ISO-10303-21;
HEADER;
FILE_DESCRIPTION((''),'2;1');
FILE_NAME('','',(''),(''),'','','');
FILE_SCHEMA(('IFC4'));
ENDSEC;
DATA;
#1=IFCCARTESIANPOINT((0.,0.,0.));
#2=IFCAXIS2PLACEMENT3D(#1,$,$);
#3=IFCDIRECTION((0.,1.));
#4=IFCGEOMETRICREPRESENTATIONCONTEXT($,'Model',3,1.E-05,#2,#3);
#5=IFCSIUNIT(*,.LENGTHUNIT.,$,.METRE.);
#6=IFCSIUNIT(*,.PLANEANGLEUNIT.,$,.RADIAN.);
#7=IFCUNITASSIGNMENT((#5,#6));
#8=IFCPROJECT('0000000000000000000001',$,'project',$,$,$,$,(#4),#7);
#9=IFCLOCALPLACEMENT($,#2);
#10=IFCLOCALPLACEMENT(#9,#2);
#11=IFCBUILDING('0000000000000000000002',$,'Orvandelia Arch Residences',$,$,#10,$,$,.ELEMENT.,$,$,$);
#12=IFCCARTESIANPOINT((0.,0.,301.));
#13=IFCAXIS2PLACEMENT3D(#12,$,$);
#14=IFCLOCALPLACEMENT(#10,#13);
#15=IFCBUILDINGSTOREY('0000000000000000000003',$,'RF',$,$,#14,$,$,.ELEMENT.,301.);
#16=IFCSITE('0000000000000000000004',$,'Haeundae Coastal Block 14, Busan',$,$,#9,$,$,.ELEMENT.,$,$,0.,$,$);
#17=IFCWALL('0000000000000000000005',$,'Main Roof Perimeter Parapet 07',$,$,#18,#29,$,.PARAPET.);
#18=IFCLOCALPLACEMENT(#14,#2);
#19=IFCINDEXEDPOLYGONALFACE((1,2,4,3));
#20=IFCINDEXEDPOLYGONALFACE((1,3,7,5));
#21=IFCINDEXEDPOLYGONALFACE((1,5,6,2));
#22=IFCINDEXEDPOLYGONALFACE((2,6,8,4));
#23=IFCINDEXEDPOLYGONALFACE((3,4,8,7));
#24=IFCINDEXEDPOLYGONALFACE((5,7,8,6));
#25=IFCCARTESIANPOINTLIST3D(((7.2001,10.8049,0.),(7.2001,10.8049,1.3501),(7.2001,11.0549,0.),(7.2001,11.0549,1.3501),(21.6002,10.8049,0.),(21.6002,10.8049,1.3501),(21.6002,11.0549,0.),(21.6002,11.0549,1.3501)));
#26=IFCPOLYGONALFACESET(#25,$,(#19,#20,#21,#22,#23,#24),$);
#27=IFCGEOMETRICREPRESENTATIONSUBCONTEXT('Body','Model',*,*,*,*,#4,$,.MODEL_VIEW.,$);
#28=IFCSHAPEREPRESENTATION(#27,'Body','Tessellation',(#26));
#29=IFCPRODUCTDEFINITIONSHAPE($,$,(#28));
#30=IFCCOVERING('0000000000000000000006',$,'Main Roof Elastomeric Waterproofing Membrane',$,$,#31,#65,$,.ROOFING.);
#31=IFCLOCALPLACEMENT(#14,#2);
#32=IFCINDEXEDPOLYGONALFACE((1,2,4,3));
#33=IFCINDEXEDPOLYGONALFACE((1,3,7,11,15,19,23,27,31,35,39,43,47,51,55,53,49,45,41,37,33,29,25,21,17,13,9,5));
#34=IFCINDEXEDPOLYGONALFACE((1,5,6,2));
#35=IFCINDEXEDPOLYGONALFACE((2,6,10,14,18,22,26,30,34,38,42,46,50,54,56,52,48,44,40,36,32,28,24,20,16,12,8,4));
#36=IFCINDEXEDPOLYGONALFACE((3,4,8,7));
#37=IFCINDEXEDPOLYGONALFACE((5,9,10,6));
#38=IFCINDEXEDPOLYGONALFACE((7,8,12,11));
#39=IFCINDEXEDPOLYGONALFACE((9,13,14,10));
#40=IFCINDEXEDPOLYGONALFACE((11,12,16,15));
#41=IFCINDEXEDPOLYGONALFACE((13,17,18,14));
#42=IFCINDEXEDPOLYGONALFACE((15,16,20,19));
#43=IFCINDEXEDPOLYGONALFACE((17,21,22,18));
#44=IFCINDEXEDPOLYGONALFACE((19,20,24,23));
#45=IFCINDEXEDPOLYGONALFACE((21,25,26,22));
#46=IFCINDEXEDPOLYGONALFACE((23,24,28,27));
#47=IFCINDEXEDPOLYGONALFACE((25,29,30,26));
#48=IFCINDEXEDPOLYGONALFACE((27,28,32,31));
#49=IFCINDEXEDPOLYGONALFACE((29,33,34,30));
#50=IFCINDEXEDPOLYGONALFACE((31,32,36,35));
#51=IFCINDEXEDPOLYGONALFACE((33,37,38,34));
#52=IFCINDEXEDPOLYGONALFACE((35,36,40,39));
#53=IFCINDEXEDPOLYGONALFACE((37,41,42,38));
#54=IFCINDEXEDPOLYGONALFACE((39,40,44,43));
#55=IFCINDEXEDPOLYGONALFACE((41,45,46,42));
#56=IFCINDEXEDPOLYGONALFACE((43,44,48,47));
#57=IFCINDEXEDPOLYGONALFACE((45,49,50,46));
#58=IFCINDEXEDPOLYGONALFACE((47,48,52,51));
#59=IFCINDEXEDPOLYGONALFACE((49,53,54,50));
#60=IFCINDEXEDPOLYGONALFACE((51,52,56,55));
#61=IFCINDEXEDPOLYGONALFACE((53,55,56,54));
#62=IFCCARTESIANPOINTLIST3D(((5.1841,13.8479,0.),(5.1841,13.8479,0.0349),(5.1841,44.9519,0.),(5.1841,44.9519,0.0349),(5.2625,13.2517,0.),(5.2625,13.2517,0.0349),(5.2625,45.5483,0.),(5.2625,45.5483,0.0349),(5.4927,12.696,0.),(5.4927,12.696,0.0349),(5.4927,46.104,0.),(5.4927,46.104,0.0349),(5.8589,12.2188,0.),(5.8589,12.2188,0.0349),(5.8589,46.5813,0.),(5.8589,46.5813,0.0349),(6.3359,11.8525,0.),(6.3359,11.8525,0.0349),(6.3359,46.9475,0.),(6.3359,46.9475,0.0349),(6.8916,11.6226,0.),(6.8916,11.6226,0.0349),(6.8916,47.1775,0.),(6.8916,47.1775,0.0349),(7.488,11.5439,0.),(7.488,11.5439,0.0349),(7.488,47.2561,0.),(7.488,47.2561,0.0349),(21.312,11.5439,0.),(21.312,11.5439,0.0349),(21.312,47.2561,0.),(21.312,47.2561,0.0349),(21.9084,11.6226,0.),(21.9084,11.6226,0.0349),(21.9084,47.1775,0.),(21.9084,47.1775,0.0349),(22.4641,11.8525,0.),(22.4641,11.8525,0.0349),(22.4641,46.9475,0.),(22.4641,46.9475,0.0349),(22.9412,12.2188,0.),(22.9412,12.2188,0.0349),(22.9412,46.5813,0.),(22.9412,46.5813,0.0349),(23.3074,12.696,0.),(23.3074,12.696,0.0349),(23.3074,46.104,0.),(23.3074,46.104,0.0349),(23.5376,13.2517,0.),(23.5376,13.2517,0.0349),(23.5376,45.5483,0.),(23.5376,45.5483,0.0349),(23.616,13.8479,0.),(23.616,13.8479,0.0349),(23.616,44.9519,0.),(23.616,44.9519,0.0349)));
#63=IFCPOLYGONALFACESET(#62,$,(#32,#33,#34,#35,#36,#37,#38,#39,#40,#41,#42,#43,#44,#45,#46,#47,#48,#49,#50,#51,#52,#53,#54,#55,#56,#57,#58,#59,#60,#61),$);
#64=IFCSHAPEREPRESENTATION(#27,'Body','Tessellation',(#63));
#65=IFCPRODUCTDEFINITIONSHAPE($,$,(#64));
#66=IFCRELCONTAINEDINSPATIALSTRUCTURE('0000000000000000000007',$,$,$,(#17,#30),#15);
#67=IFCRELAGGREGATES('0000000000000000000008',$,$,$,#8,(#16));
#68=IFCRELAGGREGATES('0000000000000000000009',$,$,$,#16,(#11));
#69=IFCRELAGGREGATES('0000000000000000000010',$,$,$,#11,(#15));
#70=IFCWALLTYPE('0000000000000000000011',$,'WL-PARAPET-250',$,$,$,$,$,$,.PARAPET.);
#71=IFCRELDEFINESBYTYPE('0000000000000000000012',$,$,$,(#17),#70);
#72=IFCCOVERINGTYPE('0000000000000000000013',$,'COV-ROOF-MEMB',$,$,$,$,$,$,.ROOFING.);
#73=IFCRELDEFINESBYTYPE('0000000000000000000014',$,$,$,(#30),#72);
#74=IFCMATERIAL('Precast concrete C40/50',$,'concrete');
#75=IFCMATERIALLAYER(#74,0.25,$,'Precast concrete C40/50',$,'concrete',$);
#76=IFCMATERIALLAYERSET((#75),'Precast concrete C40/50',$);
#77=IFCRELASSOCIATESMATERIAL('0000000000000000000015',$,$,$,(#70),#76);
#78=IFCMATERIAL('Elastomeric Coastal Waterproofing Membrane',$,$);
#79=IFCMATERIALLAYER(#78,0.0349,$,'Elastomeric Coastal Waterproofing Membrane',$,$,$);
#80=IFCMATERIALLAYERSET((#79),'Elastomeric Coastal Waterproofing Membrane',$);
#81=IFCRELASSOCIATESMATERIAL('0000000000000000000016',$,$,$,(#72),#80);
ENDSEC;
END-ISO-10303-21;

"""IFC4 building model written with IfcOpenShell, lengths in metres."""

from ifc_helpers import new_model, si_unit, direction, frame, frame_2d, origin, place, context, subcontext, project, spatial, polyline, rectangle, outline, extrude, material, layer, layer_set, type_object, element, save


model = new_model("IFC4")

# Units and contexts
model_context = context("Model", 3, precision=1e-05, world=origin(), true_north=direction((0.0, 1.0)))
body_context = subcontext(model_context, "Body", "Model", "MODEL_VIEW")
ifc_project = project(units=[si_unit("LENGTHUNIT", "METRE"), si_unit("PLANEANGLEUNIT", "RADIAN")], contexts=[model_context])

# Site, building, storey
site_placement = place(None, origin())
site = spatial("IfcSite", under=ifc_project, at=site_placement, Name="Haeundae Coastal Block 14, Busan", CompositionType="ELEMENT", RefElevation=0.0)
building_placement = place(site_placement, origin())
building = spatial("IfcBuilding", under=site, at=building_placement, Name="Orvandelia Arch Residences", CompositionType="ELEMENT")
storey_placement = place(building_placement, frame((0.0, 0.0, 301.0)))
storey = spatial("IfcBuildingStorey", under=building, at=storey_placement, Name="RF", CompositionType="ELEMENT", Elevation=301.0)

# Shared definitions
ifc_material_1 = material(Name="Precast concrete C40/50", Category="concrete")

# Wall
ifc_layer_1 = layer(ifc_material_1, 0.25, Name="Precast concrete C40/50", Category="concrete")
ifc_layer_set_1 = layer_set([ifc_layer_1], Name="Precast concrete C40/50")
wall_type = type_object("IfcWallType", Name="WL-PARAPET-250", PredefinedType="PARAPET", material=ifc_layer_set_1)
wall_1_placement = place(storey_placement, frame((7.2, 10.9299, 0.0), z_axis=(0.0, 0.0, 1.0), x_axis=(1.0, 0.0, 0.0)))
element("IfcWall", 1, at=wall_1_placement, inside=storey, type_object=wall_type, Name="Main Roof Perimeter Parapet 07", PredefinedType="PARAPET", context=body_context, shape_type="SweptSolid", body=[
    extrude(rectangle(XDim=14.4001, YDim=0.25, at=frame_2d((7.2002, 0.0))), origin(), (0.0, 0.0, 1.0), 1.3501),
])

# Covering
ifc_material_2 = material(Name="Elastomeric Coastal Waterproofing Membrane")
ifc_layer_2 = layer(ifc_material_2, 0.0349, Name="Elastomeric Coastal Waterproofing Membrane")
ifc_layer_set_2 = layer_set([ifc_layer_2], Name="Elastomeric Coastal Waterproofing Membrane")
covering_type = type_object("IfcCoveringType", Name="COV-ROOF-MEMB", PredefinedType="ROOFING", material=ifc_layer_set_2)
covering_placement = place(storey_placement, origin())
element("IfcCovering", 2, at=covering_placement, inside=storey, type_object=covering_type, Name="Main Roof Elastomeric Waterproofing Membrane", PredefinedType="ROOFING", context=body_context, shape_type="SweptSolid", body=[
    extrude(outline(polyline([(5.1841, 13.8479), (5.2625, 13.2517), (5.4927, 12.696), (5.8589, 12.2188), (6.3359, 11.8525), (6.8916, 11.6226), (7.488, 11.5439), (21.312, 11.5439), (21.9084, 11.6226), (22.4641, 11.8525), (22.9412, 12.2188), (23.3074, 12.696), (23.5376, 13.2517), (23.616, 13.8479), (23.616, 44.9519), (23.5376, 45.5483), (23.3074, 46.104), (22.9412, 46.5813), (22.4641, 46.9475), (21.9084, 47.1775), (21.312, 47.2561), (7.488, 47.2561), (6.8916, 47.1775), (6.3359, 46.9475), (5.8589, 46.5813), (5.4927, 46.104), (5.2625, 45.5483), (5.1841, 44.9519), (5.1841, 13.8479)])), origin(), (0.0, 0.0, 1.0), 0.0349),
])

save(model, "model.ifc")
